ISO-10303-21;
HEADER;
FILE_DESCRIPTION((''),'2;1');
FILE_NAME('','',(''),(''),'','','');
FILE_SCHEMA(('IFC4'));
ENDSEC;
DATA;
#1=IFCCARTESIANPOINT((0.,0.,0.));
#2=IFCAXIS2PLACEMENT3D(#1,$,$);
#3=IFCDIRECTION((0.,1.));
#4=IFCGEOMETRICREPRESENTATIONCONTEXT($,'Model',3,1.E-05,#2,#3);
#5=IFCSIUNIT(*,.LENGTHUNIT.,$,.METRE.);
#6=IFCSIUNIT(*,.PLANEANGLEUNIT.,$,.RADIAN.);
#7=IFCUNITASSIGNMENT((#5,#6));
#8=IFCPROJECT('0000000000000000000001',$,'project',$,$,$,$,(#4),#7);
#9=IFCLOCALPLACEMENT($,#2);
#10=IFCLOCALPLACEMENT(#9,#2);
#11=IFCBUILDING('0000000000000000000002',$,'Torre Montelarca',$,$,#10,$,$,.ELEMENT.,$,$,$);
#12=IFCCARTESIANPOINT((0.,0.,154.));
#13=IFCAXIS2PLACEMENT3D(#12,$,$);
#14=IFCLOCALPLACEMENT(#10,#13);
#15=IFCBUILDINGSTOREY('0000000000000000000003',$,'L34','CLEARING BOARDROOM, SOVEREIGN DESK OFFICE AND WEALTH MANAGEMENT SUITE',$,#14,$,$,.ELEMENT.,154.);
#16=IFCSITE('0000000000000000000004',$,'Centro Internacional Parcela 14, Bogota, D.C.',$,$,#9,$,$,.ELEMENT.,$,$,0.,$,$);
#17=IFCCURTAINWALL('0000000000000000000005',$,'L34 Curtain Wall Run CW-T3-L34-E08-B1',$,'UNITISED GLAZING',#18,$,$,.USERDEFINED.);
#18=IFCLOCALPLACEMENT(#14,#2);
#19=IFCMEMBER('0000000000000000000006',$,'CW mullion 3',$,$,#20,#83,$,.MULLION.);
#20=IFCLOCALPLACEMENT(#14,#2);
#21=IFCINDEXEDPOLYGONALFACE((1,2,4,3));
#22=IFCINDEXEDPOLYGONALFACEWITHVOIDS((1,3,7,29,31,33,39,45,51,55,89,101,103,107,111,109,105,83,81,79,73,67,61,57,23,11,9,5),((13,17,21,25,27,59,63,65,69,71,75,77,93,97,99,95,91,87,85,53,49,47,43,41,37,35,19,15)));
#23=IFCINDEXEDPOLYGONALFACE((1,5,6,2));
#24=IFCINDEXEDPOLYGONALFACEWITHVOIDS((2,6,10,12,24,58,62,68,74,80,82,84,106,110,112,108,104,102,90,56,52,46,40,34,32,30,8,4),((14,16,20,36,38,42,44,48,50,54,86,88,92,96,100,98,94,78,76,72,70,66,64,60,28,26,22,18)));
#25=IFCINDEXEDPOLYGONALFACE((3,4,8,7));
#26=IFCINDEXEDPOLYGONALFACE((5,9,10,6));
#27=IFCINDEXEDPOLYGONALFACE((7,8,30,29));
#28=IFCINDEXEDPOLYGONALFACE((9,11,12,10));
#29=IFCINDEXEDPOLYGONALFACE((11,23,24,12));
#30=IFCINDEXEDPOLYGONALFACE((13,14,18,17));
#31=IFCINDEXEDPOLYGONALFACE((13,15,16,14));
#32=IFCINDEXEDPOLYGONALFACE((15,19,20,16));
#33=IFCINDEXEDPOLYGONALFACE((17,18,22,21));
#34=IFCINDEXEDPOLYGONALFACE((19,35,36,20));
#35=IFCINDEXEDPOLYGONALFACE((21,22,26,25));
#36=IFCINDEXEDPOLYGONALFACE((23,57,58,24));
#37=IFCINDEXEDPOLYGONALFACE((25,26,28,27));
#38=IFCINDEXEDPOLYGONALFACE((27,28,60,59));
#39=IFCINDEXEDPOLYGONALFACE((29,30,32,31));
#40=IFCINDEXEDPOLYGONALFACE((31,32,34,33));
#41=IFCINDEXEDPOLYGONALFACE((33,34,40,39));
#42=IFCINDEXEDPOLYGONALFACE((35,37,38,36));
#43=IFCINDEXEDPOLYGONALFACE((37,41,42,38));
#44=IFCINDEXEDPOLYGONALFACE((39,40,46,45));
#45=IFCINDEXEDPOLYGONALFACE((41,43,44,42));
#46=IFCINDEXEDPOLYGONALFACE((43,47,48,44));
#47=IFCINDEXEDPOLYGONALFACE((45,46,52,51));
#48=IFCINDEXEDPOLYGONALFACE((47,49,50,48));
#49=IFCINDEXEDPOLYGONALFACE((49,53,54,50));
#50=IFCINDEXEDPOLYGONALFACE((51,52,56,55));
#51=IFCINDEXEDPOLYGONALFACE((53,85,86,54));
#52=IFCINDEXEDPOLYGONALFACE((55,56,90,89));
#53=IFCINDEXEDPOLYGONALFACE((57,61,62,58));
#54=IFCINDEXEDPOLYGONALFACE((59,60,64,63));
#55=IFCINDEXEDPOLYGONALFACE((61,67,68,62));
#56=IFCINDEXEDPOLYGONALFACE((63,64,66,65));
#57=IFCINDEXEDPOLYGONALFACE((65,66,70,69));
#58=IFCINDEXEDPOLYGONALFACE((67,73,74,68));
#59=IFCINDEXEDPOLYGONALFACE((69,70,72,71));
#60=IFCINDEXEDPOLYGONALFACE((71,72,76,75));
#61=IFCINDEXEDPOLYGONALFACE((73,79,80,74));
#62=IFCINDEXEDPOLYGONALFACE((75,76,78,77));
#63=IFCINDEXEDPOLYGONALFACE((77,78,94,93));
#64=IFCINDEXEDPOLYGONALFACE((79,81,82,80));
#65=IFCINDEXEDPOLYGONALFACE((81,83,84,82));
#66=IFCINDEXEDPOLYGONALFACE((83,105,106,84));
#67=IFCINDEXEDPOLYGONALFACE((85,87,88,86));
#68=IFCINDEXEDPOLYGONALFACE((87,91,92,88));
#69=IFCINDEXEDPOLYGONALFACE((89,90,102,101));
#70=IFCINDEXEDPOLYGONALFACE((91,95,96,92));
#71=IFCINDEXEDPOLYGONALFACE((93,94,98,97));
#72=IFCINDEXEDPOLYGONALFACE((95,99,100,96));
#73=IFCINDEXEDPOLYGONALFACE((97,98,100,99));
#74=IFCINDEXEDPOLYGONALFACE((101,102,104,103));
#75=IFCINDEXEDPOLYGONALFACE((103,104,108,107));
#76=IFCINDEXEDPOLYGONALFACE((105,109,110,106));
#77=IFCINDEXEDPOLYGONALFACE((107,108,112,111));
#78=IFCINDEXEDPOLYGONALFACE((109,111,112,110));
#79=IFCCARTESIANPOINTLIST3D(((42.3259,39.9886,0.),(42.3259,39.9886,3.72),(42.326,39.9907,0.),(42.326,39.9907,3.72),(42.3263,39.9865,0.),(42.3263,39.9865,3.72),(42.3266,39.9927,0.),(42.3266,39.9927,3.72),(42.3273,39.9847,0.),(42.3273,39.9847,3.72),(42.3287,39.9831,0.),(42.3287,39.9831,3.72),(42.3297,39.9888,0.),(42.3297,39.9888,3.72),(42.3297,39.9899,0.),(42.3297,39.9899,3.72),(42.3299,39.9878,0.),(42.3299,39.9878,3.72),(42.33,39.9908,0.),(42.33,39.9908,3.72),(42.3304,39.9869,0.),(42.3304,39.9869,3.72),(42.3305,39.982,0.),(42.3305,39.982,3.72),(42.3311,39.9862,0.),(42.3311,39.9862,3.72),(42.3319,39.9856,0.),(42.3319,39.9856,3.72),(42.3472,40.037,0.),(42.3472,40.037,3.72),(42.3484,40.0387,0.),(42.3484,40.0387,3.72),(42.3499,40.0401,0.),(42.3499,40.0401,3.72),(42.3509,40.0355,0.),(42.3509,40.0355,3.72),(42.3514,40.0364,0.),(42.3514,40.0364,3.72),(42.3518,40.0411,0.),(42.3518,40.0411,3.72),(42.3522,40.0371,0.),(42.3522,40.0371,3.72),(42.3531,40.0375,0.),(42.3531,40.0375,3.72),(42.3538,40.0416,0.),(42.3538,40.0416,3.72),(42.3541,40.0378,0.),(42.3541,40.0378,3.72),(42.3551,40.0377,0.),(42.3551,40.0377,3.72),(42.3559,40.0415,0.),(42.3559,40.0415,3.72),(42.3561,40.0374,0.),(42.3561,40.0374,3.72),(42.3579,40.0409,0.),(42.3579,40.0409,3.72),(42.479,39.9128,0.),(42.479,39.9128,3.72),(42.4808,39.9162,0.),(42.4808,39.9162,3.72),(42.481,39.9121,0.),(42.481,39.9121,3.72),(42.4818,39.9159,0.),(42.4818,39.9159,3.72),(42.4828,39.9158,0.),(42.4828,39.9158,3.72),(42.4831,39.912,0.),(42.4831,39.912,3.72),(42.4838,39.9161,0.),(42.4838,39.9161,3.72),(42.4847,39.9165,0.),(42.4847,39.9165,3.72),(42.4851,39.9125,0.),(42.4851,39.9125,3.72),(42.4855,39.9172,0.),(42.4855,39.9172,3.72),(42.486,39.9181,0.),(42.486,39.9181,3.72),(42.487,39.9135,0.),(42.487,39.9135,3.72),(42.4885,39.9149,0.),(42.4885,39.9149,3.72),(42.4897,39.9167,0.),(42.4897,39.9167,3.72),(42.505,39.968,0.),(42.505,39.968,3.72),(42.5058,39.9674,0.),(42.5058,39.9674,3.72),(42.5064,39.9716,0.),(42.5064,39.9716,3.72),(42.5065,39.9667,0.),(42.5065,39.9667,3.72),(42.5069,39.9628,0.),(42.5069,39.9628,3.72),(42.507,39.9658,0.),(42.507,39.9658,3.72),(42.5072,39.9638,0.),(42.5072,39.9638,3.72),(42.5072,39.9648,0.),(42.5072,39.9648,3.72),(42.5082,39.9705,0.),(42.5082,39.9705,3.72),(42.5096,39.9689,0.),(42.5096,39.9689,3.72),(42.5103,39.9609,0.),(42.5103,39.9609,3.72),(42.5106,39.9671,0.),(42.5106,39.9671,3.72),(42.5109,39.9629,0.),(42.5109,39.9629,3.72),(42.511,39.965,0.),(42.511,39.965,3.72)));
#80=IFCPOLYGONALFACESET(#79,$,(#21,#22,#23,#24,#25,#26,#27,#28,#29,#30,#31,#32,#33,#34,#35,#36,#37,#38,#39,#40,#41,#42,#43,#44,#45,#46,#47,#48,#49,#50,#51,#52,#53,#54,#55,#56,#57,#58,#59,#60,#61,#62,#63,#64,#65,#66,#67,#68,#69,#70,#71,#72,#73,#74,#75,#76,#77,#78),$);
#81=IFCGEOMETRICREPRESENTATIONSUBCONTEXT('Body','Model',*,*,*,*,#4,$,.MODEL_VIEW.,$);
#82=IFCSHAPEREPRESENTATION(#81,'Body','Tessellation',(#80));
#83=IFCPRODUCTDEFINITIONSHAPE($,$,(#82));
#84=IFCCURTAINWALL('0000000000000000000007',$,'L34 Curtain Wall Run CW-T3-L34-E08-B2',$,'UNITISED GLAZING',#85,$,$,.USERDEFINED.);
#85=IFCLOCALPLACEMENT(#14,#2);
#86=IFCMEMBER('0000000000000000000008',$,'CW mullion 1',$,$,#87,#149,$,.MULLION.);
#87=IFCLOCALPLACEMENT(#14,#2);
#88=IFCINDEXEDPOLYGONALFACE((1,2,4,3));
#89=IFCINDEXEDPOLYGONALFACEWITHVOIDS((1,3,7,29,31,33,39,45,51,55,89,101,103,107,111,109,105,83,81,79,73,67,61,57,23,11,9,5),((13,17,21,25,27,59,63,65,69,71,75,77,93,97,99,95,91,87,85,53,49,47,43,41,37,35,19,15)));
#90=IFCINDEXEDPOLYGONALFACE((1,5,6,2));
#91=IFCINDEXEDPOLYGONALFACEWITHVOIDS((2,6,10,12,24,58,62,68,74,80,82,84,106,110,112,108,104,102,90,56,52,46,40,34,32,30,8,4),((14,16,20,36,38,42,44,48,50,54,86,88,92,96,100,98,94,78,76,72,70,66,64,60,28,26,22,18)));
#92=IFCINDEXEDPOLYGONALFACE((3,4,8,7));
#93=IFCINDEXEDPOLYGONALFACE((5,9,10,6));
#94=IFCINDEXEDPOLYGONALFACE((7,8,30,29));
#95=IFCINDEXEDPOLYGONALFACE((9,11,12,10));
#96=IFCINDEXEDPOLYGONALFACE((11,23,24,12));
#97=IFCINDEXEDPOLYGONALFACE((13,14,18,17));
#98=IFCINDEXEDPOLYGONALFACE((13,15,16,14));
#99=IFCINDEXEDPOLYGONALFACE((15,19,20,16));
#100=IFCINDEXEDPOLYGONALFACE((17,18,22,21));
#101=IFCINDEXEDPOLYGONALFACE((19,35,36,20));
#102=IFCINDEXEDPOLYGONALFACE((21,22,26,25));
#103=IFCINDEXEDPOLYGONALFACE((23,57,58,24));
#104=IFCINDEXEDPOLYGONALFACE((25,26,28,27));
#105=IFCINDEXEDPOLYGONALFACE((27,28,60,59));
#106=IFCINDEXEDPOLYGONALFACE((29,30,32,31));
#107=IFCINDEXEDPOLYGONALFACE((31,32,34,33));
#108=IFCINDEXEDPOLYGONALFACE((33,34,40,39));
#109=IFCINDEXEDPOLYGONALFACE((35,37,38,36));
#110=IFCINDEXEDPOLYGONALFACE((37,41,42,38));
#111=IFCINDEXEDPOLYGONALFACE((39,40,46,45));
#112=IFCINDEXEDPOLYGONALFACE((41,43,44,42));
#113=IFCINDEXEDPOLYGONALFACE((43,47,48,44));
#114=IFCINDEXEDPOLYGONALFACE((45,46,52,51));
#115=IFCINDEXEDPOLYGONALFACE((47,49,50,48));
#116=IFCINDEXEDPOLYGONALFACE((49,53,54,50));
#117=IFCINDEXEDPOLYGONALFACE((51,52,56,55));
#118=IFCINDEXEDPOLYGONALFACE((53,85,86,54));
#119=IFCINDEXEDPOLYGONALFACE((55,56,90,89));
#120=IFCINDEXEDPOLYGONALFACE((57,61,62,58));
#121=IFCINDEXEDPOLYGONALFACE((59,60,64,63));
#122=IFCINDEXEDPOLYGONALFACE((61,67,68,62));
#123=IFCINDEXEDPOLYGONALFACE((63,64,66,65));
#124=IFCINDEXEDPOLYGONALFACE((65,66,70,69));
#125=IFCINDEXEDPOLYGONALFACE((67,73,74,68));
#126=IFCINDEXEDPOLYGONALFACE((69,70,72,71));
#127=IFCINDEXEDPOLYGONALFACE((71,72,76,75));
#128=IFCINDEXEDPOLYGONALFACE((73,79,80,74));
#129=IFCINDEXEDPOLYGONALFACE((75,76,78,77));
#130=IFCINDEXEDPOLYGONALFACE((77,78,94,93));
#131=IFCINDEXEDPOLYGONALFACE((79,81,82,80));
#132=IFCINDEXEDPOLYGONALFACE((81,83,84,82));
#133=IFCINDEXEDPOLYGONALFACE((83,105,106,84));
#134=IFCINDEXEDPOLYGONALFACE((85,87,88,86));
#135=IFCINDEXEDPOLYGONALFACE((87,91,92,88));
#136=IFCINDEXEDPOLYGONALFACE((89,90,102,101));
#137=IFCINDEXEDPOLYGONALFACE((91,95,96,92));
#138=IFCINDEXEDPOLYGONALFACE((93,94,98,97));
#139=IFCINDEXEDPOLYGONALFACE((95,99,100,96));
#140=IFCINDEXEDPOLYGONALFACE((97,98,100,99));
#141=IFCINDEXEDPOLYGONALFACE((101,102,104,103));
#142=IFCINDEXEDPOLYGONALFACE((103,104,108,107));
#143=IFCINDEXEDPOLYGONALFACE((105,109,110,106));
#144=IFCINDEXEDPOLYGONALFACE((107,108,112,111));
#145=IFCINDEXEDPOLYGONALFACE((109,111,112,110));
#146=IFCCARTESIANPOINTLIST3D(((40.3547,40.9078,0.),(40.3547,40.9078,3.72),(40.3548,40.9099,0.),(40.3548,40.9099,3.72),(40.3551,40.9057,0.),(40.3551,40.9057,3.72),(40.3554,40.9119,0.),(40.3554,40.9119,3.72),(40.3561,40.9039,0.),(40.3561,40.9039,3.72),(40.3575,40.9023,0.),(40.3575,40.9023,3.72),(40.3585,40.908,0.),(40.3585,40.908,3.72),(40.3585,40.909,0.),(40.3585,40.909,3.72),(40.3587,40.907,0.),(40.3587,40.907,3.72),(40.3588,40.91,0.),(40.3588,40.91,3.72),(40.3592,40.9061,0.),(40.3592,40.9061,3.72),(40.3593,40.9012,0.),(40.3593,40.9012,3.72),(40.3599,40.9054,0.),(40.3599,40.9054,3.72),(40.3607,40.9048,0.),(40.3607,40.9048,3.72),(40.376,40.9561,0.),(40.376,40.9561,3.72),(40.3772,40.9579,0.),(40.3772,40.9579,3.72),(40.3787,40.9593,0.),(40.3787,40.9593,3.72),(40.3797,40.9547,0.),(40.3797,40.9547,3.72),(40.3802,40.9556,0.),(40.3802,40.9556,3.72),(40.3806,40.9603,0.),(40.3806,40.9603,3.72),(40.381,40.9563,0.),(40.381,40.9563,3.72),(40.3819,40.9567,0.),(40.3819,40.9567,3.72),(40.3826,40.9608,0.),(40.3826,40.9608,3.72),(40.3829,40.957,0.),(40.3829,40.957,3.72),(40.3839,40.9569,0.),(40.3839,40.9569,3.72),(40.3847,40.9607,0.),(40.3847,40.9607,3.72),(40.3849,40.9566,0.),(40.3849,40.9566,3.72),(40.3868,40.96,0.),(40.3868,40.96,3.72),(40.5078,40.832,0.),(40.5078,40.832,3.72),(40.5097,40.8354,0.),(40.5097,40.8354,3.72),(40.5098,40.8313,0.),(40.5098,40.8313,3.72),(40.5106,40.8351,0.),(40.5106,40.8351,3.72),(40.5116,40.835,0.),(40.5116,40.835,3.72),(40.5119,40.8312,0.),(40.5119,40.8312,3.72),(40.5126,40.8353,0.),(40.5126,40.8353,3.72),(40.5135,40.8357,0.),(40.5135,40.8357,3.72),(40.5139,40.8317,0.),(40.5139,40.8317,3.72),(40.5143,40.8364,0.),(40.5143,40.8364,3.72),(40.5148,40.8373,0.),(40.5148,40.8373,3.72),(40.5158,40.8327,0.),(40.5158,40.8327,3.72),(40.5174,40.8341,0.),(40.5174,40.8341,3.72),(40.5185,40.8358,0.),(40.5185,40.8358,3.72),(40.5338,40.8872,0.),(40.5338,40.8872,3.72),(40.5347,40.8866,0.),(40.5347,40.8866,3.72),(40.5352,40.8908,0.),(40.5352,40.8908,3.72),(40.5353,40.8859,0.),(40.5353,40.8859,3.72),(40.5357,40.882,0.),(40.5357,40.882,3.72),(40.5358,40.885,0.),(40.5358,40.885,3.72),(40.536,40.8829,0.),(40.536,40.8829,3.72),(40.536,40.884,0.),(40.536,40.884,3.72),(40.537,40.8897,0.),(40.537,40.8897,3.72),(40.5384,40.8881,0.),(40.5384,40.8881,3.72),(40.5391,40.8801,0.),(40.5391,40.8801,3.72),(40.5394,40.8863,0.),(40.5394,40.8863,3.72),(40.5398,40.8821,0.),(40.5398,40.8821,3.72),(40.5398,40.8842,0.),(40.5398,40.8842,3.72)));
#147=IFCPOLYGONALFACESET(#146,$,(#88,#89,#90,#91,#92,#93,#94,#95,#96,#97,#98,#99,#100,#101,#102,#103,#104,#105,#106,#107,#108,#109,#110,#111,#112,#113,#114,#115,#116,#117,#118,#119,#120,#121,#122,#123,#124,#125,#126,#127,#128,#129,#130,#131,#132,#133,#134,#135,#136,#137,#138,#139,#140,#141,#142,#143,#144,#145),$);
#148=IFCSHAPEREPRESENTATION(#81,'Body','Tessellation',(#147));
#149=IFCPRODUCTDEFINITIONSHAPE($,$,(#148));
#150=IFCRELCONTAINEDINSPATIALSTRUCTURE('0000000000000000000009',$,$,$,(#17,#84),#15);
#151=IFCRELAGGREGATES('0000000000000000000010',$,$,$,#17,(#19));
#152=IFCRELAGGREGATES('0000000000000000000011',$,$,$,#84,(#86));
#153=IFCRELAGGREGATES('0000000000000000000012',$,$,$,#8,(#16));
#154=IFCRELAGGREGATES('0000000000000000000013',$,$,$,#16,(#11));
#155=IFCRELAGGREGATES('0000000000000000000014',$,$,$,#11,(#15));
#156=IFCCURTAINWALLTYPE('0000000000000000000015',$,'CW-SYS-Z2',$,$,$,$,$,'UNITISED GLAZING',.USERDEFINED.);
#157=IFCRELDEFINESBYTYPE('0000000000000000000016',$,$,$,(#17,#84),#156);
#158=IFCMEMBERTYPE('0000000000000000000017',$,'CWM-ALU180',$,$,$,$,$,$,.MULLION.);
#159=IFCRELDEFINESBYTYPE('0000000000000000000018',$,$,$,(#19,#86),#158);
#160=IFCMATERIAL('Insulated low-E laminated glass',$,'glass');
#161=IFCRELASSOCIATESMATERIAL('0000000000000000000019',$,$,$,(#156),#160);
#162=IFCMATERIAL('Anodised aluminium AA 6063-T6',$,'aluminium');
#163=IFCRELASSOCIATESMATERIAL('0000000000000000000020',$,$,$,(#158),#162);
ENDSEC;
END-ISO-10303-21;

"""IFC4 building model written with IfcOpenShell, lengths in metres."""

from ifc_helpers import new_model, si_unit, direction, frame, origin, origin_2d, place, context, subcontext, project, spatial, hollow_rectangle, extrude, source, transform, mapped, material, material_profile, profile_set, type_object, element, aggregate, save


model = new_model("IFC4")

# Units and contexts
model_context = context("Model", 3, precision=1e-05, world=origin(), true_north=direction((0.0, 1.0)))
body_context = subcontext(model_context, "Body", "Model", "MODEL_VIEW")
ifc_project = project(units=[si_unit("LENGTHUNIT", "METRE"), si_unit("PLANEANGLEUNIT", "RADIAN")], contexts=[model_context])

# Site, building, storey
site_placement = place(None, origin())
site = spatial("IfcSite", under=ifc_project, at=site_placement, Name="Centro Internacional Parcela 14, Bogota, D.C.", CompositionType="ELEMENT", RefElevation=0.0)
building_placement = place(site_placement, origin())
building = spatial("IfcBuilding", under=site, at=building_placement, Name="Torre Montelarca", CompositionType="ELEMENT")
storey_placement = place(building_placement, frame((0.0, 0.0, 154.0)))
storey = spatial("IfcBuildingStorey", under=building, at=storey_placement, Name="L34", Description="CLEARING BOARDROOM, SOVEREIGN DESK OFFICE AND WEALTH MANAGEMENT SUITE", CompositionType="ELEMENT", Elevation=154.0)

# Curtain walls, members
ifc_material_1 = material(Name="Insulated low-E laminated glass", Category="glass")
curtain_wall_type = type_object("IfcCurtainWallType", Name="CW-SYS-Z2", ElementType="UNITISED GLAZING", PredefinedType="USERDEFINED", material=ifc_material_1)
ifc_material_2 = material(Name="Anodised aluminium AA 6063-T6", Category="aluminium")
ifc_material_profile_1 = material_profile(ifc_material_2, hollow_rectangle(XDim=0.0649, YDim=0.1799, WallThickness=0.0039, InnerFilletRadius=0.0039, OuterFilletRadius=0.0081, at=origin_2d()), Name="ALU65X180X4", Category="aluminium")
ifc_profile_set_1 = profile_set([ifc_material_profile_1], Name="Anodised aluminium AA 6063-T6")
member_type_1 = type_object("IfcMemberType", Name="CWM-ALU180", PredefinedType="MULLION", material=ifc_profile_set_1)
shared_shape_1 = source(origin(), body_context, "Body", "SweptSolid", [
    extrude(hollow_rectangle(XDim=0.0649, YDim=0.1799, WallThickness=0.0039, InnerFilletRadius=0.0039, OuterFilletRadius=0.0081, at=origin_2d()), origin(), (0.0, 0.0, 1.0), 3.72),
])
curtain_wall_1_placement = place(storey_placement, origin())
curtain_wall_1 = element("IfcCurtainWall", 1, at=curtain_wall_1_placement, inside=storey, type_object=curtain_wall_type, Name="L34 Curtain Wall Run CW-T3-L34-E08-B1", ObjectType="UNITISED GLAZING", PredefinedType="USERDEFINED")
member_1_placement = place(storey_placement, frame((42.4185, 39.9768, 0.0), z_axis=(0.0, 0.0, 1.0), x_axis=(-0.422609, -0.906312, 0.0)))
member_1 = element("IfcMember", 2, at=member_1_placement, type_object=member_type_1, Name="CW mullion 3", PredefinedType="MULLION", context=body_context, shape_type="MappedRepresentation", body=[
    mapped(shared_shape_1, transform((0.0, 0.0, 0.0), scale=1.0)),
])
curtain_wall_2_placement = place(storey_placement, origin())
curtain_wall_2 = element("IfcCurtainWall", 3, at=curtain_wall_2_placement, inside=storey, type_object=curtain_wall_type, Name="L34 Curtain Wall Run CW-T3-L34-E08-B2", ObjectType="UNITISED GLAZING", PredefinedType="USERDEFINED")
member_2_placement = place(storey_placement, frame((40.4473, 40.896, 0.0), z_axis=(0.0, 0.0, 1.0), x_axis=(-0.422611, -0.906311, 0.0)))
member_2 = element("IfcMember", 4, at=member_2_placement, type_object=member_type_1, Name="CW mullion 1", PredefinedType="MULLION", context=body_context, shape_type="MappedRepresentation", body=[
    mapped(shared_shape_1, transform((0.0, 0.0, 0.0), scale=1.0)),
])

aggregate(curtain_wall_1, [member_1])
aggregate(curtain_wall_2, [member_2])

save(model, "model.ifc")
